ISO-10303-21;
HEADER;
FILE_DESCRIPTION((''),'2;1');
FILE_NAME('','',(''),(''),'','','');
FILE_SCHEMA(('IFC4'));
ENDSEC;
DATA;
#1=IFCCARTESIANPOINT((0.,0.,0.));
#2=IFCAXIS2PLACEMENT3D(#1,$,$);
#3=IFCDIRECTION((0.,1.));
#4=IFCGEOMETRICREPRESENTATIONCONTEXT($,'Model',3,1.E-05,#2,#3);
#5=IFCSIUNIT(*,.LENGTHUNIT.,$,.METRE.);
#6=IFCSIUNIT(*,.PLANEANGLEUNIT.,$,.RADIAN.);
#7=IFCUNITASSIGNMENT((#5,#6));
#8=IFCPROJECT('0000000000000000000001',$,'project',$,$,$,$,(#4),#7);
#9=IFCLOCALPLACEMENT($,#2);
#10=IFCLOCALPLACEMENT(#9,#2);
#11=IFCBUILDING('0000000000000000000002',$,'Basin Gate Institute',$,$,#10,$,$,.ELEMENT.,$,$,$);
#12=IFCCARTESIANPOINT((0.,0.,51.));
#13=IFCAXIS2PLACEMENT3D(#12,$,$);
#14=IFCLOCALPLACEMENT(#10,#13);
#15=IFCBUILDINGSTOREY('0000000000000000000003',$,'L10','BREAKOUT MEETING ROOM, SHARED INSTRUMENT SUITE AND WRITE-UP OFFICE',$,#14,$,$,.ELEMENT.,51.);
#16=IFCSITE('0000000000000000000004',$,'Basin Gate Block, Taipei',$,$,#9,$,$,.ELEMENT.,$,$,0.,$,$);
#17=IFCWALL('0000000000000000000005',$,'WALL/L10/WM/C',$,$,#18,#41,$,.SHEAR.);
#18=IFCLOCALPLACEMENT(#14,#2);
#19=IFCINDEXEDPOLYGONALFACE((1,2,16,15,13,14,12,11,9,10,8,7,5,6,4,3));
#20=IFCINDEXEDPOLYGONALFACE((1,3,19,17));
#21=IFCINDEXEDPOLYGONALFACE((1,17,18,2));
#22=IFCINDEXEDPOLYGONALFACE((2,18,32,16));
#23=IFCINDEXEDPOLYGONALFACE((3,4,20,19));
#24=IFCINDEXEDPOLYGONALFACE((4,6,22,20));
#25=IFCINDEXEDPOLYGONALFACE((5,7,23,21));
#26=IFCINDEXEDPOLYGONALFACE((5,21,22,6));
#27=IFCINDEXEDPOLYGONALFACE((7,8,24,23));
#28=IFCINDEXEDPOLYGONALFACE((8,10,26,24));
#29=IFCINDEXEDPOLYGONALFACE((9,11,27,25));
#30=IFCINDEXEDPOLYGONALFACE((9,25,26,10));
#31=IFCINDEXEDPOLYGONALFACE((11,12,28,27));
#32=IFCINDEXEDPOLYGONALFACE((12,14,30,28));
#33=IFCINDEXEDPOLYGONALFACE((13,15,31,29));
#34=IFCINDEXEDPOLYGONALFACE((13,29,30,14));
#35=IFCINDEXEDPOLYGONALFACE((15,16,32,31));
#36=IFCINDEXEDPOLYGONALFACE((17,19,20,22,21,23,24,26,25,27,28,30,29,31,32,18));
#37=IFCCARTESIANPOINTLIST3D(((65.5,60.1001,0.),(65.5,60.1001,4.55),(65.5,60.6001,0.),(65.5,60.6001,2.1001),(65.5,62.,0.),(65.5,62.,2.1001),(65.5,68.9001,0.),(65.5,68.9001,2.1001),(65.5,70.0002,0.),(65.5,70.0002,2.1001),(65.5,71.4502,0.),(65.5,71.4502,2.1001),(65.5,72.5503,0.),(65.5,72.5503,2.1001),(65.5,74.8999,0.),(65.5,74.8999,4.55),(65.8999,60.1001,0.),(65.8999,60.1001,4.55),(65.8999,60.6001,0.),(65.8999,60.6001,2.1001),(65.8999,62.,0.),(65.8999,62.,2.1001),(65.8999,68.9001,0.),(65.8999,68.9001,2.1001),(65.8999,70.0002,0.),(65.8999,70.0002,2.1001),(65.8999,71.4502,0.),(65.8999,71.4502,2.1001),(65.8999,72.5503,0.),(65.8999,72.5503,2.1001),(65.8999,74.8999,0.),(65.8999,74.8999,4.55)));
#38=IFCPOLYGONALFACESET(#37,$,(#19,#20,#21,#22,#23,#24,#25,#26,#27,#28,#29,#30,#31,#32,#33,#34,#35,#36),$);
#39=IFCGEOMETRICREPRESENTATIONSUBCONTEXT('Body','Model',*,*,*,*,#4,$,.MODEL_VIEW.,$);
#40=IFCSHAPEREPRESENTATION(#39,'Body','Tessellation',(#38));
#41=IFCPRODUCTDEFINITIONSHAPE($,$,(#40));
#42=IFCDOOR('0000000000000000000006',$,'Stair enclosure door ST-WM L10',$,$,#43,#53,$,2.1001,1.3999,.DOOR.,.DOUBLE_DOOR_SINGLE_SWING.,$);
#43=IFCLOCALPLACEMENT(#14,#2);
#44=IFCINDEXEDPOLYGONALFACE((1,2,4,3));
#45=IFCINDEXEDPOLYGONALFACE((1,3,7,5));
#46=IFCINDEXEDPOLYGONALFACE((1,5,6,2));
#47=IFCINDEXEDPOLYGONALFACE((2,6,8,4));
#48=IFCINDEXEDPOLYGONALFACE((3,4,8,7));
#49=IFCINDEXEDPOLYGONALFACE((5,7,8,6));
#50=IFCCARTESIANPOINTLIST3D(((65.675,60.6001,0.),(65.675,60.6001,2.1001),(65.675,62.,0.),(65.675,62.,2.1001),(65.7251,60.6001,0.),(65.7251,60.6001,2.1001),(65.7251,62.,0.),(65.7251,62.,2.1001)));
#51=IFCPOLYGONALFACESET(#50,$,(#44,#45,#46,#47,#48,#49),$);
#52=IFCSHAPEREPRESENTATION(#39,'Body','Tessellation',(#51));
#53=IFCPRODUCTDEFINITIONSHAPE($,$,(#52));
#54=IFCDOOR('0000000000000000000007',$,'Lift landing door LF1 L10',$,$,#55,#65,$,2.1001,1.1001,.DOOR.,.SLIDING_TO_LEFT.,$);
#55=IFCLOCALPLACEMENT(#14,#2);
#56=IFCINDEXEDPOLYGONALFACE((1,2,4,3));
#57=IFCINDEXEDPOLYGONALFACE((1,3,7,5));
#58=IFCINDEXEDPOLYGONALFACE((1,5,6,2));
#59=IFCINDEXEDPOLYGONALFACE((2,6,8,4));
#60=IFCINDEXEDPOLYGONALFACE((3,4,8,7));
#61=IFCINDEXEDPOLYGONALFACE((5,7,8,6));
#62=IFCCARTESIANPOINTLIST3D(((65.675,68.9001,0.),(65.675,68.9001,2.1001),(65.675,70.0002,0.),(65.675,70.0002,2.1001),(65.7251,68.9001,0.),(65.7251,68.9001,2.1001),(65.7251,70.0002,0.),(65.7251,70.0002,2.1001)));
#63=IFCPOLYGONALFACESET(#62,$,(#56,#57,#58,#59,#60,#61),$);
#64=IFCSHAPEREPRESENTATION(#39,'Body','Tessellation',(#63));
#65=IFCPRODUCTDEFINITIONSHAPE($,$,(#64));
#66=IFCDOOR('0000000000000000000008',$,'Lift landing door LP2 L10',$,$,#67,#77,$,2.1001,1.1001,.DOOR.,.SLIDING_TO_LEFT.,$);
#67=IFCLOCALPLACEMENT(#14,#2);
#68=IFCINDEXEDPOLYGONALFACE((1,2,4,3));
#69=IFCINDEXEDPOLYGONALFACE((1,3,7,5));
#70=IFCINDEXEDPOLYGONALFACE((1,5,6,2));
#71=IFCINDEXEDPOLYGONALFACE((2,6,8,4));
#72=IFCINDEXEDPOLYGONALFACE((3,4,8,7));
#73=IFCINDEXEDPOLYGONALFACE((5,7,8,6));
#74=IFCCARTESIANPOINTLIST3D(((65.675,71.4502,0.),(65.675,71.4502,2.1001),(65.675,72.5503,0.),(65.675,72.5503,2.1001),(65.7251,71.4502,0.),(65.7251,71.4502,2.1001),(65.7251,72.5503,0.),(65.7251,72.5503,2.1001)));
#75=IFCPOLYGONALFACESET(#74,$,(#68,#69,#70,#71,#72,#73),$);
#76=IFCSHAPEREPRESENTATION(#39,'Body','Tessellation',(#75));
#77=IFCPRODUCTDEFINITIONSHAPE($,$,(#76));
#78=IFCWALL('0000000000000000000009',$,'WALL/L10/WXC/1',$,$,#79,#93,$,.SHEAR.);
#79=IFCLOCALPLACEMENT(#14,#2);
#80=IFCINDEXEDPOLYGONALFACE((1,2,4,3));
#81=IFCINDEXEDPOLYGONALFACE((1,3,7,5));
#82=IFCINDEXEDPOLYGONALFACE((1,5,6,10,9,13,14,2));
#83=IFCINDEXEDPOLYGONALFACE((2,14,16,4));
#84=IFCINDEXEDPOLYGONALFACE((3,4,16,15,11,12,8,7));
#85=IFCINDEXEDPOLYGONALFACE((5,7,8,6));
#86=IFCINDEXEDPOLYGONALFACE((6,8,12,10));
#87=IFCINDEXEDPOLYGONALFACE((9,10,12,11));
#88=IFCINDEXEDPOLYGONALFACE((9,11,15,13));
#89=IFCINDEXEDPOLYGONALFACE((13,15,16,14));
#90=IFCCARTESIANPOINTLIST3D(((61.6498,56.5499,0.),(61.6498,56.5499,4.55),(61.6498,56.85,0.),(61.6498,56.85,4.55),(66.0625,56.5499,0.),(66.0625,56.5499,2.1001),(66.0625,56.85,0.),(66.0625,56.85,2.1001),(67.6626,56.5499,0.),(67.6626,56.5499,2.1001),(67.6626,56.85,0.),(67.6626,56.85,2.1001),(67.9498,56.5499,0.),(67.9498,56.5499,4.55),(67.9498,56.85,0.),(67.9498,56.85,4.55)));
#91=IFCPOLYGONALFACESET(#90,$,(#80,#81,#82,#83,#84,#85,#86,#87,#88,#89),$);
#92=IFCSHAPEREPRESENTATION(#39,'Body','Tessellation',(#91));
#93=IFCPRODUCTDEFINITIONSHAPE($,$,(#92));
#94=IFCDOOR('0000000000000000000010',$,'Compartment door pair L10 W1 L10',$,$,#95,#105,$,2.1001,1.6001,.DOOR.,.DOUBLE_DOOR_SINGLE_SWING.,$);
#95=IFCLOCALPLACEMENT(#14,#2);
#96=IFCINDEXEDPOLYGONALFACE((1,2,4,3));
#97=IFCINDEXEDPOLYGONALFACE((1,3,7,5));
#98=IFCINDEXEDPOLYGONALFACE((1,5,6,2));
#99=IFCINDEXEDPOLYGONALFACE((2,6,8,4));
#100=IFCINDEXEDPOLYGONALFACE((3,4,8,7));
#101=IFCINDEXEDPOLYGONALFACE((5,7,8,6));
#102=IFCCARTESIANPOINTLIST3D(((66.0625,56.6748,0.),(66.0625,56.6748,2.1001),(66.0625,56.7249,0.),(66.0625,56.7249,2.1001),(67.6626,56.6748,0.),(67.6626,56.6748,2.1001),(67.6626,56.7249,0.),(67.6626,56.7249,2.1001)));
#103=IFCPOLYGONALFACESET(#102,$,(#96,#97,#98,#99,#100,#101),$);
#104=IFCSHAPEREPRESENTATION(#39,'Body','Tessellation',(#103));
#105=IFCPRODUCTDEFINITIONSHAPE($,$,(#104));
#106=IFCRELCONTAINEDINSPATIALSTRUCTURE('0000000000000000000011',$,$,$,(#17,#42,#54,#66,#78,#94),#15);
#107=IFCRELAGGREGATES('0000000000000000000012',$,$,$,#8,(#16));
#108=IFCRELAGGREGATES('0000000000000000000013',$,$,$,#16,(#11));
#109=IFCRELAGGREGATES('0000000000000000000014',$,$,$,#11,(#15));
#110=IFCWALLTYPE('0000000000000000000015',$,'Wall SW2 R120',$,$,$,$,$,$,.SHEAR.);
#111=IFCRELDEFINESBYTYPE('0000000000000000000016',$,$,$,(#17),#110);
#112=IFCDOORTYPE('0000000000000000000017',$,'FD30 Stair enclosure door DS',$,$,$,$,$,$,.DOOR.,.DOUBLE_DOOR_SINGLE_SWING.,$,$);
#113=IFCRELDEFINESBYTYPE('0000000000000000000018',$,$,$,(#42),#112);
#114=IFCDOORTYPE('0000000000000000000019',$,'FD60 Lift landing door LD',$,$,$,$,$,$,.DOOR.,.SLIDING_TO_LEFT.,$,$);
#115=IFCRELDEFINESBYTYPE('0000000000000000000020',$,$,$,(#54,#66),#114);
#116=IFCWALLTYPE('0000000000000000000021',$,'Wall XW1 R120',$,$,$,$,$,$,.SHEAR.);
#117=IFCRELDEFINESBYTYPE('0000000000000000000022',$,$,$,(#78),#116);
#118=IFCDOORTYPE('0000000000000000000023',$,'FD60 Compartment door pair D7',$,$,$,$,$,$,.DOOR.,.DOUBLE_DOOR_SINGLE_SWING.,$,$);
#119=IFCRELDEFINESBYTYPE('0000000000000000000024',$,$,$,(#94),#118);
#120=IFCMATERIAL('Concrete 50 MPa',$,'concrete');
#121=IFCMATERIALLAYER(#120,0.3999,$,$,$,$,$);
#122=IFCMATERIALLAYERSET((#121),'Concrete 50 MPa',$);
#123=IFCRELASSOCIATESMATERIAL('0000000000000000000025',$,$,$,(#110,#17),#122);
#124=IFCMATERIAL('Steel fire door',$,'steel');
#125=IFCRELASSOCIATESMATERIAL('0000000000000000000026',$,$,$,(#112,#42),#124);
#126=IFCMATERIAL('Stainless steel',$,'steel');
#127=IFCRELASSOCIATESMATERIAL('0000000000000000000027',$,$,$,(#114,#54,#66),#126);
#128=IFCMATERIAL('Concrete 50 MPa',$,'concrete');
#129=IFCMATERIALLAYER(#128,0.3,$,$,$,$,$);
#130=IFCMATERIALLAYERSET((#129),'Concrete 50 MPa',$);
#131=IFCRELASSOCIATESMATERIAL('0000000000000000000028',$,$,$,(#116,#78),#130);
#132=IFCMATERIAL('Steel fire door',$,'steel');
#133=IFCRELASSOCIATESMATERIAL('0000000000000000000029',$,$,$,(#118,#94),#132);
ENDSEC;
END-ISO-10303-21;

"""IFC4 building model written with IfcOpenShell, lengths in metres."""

from ifc_helpers import new_model, si_unit, direction, frame, frame_2d, origin, place, context, subcontext, project, spatial, rectangle, extrude, material, layer, layer_set, type_object, element, fill, save


model = new_model("IFC4")

# Units and contexts
model_context = context("Model", 3, precision=1e-05, world=origin(), true_north=direction((0.0, 1.0)))
body_context = subcontext(model_context, "Body", "Model", "MODEL_VIEW")
ifc_project = project(units=[si_unit("LENGTHUNIT", "METRE"), si_unit("PLANEANGLEUNIT", "RADIAN")], contexts=[model_context])

# Site, building, storey
site_placement = place(None, origin())
site = spatial("IfcSite", under=ifc_project, at=site_placement, Name="Basin Gate Block, Taipei", CompositionType="ELEMENT", RefElevation=0.0)
building_placement = place(site_placement, origin())
building = spatial("IfcBuilding", under=site, at=building_placement, Name="Basin Gate Institute", CompositionType="ELEMENT")
storey_placement = place(building_placement, frame((0.0, 0.0, 51.0)))
storey = spatial("IfcBuildingStorey", under=building, at=storey_placement, Name="L10", Description="BREAKOUT MEETING ROOM, SHARED INSTRUMENT SUITE AND WRITE-UP OFFICE", CompositionType="ELEMENT", Elevation=51.0)

# Shared definitions
ifc_material_1 = material(Name="Concrete 50 MPa", Category="concrete")
ifc_layer_1 = layer(ifc_material_1, 0.3999)
ifc_layer_set_1 = layer_set([ifc_layer_1], Name="Concrete 50 MPa")
wall_type_1 = type_object("IfcWallType", Name="Wall SW2 R120", PredefinedType="SHEAR", material=ifc_layer_set_1)

# Wall, openings, doors
wall_1_placement = place(storey_placement, frame((65.7, 60.1001, 0.0), z_axis=(0.0, 0.0, 1.0), x_axis=(0.0, 1.0, 0.0)))
wall_1 = element("IfcWall", 1, at=wall_1_placement, inside=storey, type_object=wall_type_1, material=ifc_layer_set_1, Name="WALL/L10/WM/C", PredefinedType="SHEAR", context=body_context, shape_type="SweptSolid", body=[
    extrude(rectangle(XDim=14.7998, YDim=0.3999, at=frame_2d((7.3999, 0.0))), origin(), (0.0, 0.0, 1.0), 4.55),
])
opening_1_placement = place(wall_1_placement, frame((0.5, 0.0, 0.0)))
opening_1 = element("IfcOpeningElement", 2, at=opening_1_placement, cuts=wall_1, PredefinedType="OPENING", context=body_context, shape_type="SweptSolid", body=[
    extrude(rectangle(XDim=1.3999, YDim=2.1001, at=frame_2d((0.7, 1.05))), frame((0.0, 0.21, 0.0), z_axis=(0.0, -1.0, 0.0), x_axis=(1.0, 0.0, 0.0)), (0.0, 0.0, 1.0), 0.4199),
])
opening_2_placement = place(wall_1_placement, frame((8.8, 0.0, 0.0)))
opening_2 = element("IfcOpeningElement", 3, at=opening_2_placement, cuts=wall_1, PredefinedType="OPENING", context=body_context, shape_type="SweptSolid", body=[
    extrude(rectangle(XDim=1.1001, YDim=2.1001, at=frame_2d((0.55, 1.05))), frame((0.0, 0.21, 0.0), z_axis=(0.0, -1.0, 0.0), x_axis=(1.0, 0.0, 0.0)), (0.0, 0.0, 1.0), 0.4199),
])
opening_3_placement = place(wall_1_placement, frame((11.3501, 0.0, 0.0)))
opening_3 = element("IfcOpeningElement", 4, at=opening_3_placement, cuts=wall_1, PredefinedType="OPENING", context=body_context, shape_type="SweptSolid", body=[
    extrude(rectangle(XDim=1.1001, YDim=2.1001, at=frame_2d((0.55, 1.05))), frame((0.0, 0.21, 0.0), z_axis=(0.0, -1.0, 0.0), x_axis=(1.0, 0.0, 0.0)), (0.0, 0.0, 1.0), 0.4199),
])
ifc_material_2 = material(Name="Steel fire door", Category="steel")
door_type_1 = type_object("IfcDoorType", Name="FD30 Stair enclosure door DS", OperationType="DOUBLE_DOOR_SINGLE_SWING", PredefinedType="DOOR", material=ifc_material_2)
door_1_placement = place(opening_1_placement, origin())
door_1 = element("IfcDoor", 5, at=door_1_placement, inside=storey, type_object=door_type_1, material=ifc_material_2, Name="Stair enclosure door ST-WM L10", OperationType="DOUBLE_DOOR_SINGLE_SWING", OverallHeight=2.1001, OverallWidth=1.3999, PredefinedType="DOOR", context=body_context, shape_type="SweptSolid", body=[
    extrude(rectangle(XDim=1.3999, YDim=2.1001, at=frame_2d((0.7, 1.05))), frame((0.0, 0.0249, 0.0), z_axis=(0.0, -1.0, 0.0), x_axis=(1.0, 0.0, 0.0)), (0.0, 0.0, 1.0), 0.05),
])
fill(opening_1, door_1)
ifc_material_3 = material(Name="Stainless steel", Category="steel")
door_type_2 = type_object("IfcDoorType", Name="FD60 Lift landing door LD", OperationType="SLIDING_TO_LEFT", PredefinedType="DOOR", material=ifc_material_3)
door_2_placement = place(opening_2_placement, origin())
door_2 = element("IfcDoor", 6, at=door_2_placement, inside=storey, type_object=door_type_2, material=ifc_material_3, Name="Lift landing door LF1 L10", OperationType="SLIDING_TO_LEFT", OverallHeight=2.1001, OverallWidth=1.1001, PredefinedType="DOOR", context=body_context, shape_type="SweptSolid", body=[
    extrude(rectangle(XDim=1.1001, YDim=2.1001, at=frame_2d((0.55, 1.05))), frame((0.0, 0.0249, 0.0), z_axis=(0.0, -1.0, 0.0), x_axis=(1.0, 0.0, 0.0)), (0.0, 0.0, 1.0), 0.05),
])
fill(opening_2, door_2)
door_3_placement = place(opening_3_placement, origin())
door_3 = element("IfcDoor", 7, at=door_3_placement, inside=storey, type_object=door_type_2, material=ifc_material_3, Name="Lift landing door LP2 L10", OperationType="SLIDING_TO_LEFT", OverallHeight=2.1001, OverallWidth=1.1001, PredefinedType="DOOR", context=body_context, shape_type="SweptSolid", body=[
    extrude(rectangle(XDim=1.1001, YDim=2.1001, at=frame_2d((0.55, 1.05))), frame((0.0, 0.0249, 0.0), z_axis=(0.0, -1.0, 0.0), x_axis=(1.0, 0.0, 0.0)), (0.0, 0.0, 1.0), 0.05),
])
fill(opening_3, door_3)

# Wall, opening, door
ifc_material_4 = material(Name="Concrete 50 MPa", Category="concrete")
ifc_layer_2 = layer(ifc_material_4, 0.3)
ifc_layer_set_2 = layer_set([ifc_layer_2], Name="Concrete 50 MPa")
wall_type_2 = type_object("IfcWallType", Name="Wall XW1 R120", PredefinedType="SHEAR", material=ifc_layer_set_2)
wall_2_placement = place(storey_placement, frame((61.6499, 56.7, 0.0), z_axis=(0.0, 0.0, 1.0), x_axis=(1.0, 0.0, 0.0)))
wall_2 = element("IfcWall", 8, at=wall_2_placement, inside=storey, type_object=wall_type_2, material=ifc_layer_set_2, Name="WALL/L10/WXC/1", PredefinedType="SHEAR", context=body_context, shape_type="SweptSolid", body=[
    extrude(rectangle(XDim=6.3, YDim=0.3, at=frame_2d((3.1499, 0.0))), origin(), (0.0, 0.0, 1.0), 4.55),
])
opening_4_placement = place(wall_2_placement, frame((4.4126, 0.0, 0.0)))
opening_4 = element("IfcOpeningElement", 9, at=opening_4_placement, cuts=wall_2, PredefinedType="OPENING", context=body_context, shape_type="SweptSolid", body=[
    extrude(rectangle(XDim=1.6001, YDim=2.1001, at=frame_2d((0.8, 1.05))), frame((0.0, 0.1602, 0.0), z_axis=(0.0, -1.0, 0.0), x_axis=(1.0, 0.0, 0.0)), (0.0, 0.0, 1.0), 0.3201),
])
ifc_material_5 = material(Name="Steel fire door", Category="steel")
door_type_3 = type_object("IfcDoorType", Name="FD60 Compartment door pair D7", OperationType="DOUBLE_DOOR_SINGLE_SWING", PredefinedType="DOOR", material=ifc_material_5)
door_4_placement = place(opening_4_placement, origin())
door_4 = element("IfcDoor", 10, at=door_4_placement, inside=storey, type_object=door_type_3, material=ifc_material_5, Name="Compartment door pair L10 W1 L10", OperationType="DOUBLE_DOOR_SINGLE_SWING", OverallHeight=2.1001, OverallWidth=1.6001, PredefinedType="DOOR", context=body_context, shape_type="SweptSolid", body=[
    extrude(rectangle(XDim=1.6001, YDim=2.1001, at=frame_2d((0.8, 1.05))), frame((0.0, 0.0249, 0.0), z_axis=(0.0, -1.0, 0.0), x_axis=(1.0, 0.0, 0.0)), (0.0, 0.0, 1.0), 0.05),
])
fill(opening_4, door_4)

save(model, "model.ifc")
